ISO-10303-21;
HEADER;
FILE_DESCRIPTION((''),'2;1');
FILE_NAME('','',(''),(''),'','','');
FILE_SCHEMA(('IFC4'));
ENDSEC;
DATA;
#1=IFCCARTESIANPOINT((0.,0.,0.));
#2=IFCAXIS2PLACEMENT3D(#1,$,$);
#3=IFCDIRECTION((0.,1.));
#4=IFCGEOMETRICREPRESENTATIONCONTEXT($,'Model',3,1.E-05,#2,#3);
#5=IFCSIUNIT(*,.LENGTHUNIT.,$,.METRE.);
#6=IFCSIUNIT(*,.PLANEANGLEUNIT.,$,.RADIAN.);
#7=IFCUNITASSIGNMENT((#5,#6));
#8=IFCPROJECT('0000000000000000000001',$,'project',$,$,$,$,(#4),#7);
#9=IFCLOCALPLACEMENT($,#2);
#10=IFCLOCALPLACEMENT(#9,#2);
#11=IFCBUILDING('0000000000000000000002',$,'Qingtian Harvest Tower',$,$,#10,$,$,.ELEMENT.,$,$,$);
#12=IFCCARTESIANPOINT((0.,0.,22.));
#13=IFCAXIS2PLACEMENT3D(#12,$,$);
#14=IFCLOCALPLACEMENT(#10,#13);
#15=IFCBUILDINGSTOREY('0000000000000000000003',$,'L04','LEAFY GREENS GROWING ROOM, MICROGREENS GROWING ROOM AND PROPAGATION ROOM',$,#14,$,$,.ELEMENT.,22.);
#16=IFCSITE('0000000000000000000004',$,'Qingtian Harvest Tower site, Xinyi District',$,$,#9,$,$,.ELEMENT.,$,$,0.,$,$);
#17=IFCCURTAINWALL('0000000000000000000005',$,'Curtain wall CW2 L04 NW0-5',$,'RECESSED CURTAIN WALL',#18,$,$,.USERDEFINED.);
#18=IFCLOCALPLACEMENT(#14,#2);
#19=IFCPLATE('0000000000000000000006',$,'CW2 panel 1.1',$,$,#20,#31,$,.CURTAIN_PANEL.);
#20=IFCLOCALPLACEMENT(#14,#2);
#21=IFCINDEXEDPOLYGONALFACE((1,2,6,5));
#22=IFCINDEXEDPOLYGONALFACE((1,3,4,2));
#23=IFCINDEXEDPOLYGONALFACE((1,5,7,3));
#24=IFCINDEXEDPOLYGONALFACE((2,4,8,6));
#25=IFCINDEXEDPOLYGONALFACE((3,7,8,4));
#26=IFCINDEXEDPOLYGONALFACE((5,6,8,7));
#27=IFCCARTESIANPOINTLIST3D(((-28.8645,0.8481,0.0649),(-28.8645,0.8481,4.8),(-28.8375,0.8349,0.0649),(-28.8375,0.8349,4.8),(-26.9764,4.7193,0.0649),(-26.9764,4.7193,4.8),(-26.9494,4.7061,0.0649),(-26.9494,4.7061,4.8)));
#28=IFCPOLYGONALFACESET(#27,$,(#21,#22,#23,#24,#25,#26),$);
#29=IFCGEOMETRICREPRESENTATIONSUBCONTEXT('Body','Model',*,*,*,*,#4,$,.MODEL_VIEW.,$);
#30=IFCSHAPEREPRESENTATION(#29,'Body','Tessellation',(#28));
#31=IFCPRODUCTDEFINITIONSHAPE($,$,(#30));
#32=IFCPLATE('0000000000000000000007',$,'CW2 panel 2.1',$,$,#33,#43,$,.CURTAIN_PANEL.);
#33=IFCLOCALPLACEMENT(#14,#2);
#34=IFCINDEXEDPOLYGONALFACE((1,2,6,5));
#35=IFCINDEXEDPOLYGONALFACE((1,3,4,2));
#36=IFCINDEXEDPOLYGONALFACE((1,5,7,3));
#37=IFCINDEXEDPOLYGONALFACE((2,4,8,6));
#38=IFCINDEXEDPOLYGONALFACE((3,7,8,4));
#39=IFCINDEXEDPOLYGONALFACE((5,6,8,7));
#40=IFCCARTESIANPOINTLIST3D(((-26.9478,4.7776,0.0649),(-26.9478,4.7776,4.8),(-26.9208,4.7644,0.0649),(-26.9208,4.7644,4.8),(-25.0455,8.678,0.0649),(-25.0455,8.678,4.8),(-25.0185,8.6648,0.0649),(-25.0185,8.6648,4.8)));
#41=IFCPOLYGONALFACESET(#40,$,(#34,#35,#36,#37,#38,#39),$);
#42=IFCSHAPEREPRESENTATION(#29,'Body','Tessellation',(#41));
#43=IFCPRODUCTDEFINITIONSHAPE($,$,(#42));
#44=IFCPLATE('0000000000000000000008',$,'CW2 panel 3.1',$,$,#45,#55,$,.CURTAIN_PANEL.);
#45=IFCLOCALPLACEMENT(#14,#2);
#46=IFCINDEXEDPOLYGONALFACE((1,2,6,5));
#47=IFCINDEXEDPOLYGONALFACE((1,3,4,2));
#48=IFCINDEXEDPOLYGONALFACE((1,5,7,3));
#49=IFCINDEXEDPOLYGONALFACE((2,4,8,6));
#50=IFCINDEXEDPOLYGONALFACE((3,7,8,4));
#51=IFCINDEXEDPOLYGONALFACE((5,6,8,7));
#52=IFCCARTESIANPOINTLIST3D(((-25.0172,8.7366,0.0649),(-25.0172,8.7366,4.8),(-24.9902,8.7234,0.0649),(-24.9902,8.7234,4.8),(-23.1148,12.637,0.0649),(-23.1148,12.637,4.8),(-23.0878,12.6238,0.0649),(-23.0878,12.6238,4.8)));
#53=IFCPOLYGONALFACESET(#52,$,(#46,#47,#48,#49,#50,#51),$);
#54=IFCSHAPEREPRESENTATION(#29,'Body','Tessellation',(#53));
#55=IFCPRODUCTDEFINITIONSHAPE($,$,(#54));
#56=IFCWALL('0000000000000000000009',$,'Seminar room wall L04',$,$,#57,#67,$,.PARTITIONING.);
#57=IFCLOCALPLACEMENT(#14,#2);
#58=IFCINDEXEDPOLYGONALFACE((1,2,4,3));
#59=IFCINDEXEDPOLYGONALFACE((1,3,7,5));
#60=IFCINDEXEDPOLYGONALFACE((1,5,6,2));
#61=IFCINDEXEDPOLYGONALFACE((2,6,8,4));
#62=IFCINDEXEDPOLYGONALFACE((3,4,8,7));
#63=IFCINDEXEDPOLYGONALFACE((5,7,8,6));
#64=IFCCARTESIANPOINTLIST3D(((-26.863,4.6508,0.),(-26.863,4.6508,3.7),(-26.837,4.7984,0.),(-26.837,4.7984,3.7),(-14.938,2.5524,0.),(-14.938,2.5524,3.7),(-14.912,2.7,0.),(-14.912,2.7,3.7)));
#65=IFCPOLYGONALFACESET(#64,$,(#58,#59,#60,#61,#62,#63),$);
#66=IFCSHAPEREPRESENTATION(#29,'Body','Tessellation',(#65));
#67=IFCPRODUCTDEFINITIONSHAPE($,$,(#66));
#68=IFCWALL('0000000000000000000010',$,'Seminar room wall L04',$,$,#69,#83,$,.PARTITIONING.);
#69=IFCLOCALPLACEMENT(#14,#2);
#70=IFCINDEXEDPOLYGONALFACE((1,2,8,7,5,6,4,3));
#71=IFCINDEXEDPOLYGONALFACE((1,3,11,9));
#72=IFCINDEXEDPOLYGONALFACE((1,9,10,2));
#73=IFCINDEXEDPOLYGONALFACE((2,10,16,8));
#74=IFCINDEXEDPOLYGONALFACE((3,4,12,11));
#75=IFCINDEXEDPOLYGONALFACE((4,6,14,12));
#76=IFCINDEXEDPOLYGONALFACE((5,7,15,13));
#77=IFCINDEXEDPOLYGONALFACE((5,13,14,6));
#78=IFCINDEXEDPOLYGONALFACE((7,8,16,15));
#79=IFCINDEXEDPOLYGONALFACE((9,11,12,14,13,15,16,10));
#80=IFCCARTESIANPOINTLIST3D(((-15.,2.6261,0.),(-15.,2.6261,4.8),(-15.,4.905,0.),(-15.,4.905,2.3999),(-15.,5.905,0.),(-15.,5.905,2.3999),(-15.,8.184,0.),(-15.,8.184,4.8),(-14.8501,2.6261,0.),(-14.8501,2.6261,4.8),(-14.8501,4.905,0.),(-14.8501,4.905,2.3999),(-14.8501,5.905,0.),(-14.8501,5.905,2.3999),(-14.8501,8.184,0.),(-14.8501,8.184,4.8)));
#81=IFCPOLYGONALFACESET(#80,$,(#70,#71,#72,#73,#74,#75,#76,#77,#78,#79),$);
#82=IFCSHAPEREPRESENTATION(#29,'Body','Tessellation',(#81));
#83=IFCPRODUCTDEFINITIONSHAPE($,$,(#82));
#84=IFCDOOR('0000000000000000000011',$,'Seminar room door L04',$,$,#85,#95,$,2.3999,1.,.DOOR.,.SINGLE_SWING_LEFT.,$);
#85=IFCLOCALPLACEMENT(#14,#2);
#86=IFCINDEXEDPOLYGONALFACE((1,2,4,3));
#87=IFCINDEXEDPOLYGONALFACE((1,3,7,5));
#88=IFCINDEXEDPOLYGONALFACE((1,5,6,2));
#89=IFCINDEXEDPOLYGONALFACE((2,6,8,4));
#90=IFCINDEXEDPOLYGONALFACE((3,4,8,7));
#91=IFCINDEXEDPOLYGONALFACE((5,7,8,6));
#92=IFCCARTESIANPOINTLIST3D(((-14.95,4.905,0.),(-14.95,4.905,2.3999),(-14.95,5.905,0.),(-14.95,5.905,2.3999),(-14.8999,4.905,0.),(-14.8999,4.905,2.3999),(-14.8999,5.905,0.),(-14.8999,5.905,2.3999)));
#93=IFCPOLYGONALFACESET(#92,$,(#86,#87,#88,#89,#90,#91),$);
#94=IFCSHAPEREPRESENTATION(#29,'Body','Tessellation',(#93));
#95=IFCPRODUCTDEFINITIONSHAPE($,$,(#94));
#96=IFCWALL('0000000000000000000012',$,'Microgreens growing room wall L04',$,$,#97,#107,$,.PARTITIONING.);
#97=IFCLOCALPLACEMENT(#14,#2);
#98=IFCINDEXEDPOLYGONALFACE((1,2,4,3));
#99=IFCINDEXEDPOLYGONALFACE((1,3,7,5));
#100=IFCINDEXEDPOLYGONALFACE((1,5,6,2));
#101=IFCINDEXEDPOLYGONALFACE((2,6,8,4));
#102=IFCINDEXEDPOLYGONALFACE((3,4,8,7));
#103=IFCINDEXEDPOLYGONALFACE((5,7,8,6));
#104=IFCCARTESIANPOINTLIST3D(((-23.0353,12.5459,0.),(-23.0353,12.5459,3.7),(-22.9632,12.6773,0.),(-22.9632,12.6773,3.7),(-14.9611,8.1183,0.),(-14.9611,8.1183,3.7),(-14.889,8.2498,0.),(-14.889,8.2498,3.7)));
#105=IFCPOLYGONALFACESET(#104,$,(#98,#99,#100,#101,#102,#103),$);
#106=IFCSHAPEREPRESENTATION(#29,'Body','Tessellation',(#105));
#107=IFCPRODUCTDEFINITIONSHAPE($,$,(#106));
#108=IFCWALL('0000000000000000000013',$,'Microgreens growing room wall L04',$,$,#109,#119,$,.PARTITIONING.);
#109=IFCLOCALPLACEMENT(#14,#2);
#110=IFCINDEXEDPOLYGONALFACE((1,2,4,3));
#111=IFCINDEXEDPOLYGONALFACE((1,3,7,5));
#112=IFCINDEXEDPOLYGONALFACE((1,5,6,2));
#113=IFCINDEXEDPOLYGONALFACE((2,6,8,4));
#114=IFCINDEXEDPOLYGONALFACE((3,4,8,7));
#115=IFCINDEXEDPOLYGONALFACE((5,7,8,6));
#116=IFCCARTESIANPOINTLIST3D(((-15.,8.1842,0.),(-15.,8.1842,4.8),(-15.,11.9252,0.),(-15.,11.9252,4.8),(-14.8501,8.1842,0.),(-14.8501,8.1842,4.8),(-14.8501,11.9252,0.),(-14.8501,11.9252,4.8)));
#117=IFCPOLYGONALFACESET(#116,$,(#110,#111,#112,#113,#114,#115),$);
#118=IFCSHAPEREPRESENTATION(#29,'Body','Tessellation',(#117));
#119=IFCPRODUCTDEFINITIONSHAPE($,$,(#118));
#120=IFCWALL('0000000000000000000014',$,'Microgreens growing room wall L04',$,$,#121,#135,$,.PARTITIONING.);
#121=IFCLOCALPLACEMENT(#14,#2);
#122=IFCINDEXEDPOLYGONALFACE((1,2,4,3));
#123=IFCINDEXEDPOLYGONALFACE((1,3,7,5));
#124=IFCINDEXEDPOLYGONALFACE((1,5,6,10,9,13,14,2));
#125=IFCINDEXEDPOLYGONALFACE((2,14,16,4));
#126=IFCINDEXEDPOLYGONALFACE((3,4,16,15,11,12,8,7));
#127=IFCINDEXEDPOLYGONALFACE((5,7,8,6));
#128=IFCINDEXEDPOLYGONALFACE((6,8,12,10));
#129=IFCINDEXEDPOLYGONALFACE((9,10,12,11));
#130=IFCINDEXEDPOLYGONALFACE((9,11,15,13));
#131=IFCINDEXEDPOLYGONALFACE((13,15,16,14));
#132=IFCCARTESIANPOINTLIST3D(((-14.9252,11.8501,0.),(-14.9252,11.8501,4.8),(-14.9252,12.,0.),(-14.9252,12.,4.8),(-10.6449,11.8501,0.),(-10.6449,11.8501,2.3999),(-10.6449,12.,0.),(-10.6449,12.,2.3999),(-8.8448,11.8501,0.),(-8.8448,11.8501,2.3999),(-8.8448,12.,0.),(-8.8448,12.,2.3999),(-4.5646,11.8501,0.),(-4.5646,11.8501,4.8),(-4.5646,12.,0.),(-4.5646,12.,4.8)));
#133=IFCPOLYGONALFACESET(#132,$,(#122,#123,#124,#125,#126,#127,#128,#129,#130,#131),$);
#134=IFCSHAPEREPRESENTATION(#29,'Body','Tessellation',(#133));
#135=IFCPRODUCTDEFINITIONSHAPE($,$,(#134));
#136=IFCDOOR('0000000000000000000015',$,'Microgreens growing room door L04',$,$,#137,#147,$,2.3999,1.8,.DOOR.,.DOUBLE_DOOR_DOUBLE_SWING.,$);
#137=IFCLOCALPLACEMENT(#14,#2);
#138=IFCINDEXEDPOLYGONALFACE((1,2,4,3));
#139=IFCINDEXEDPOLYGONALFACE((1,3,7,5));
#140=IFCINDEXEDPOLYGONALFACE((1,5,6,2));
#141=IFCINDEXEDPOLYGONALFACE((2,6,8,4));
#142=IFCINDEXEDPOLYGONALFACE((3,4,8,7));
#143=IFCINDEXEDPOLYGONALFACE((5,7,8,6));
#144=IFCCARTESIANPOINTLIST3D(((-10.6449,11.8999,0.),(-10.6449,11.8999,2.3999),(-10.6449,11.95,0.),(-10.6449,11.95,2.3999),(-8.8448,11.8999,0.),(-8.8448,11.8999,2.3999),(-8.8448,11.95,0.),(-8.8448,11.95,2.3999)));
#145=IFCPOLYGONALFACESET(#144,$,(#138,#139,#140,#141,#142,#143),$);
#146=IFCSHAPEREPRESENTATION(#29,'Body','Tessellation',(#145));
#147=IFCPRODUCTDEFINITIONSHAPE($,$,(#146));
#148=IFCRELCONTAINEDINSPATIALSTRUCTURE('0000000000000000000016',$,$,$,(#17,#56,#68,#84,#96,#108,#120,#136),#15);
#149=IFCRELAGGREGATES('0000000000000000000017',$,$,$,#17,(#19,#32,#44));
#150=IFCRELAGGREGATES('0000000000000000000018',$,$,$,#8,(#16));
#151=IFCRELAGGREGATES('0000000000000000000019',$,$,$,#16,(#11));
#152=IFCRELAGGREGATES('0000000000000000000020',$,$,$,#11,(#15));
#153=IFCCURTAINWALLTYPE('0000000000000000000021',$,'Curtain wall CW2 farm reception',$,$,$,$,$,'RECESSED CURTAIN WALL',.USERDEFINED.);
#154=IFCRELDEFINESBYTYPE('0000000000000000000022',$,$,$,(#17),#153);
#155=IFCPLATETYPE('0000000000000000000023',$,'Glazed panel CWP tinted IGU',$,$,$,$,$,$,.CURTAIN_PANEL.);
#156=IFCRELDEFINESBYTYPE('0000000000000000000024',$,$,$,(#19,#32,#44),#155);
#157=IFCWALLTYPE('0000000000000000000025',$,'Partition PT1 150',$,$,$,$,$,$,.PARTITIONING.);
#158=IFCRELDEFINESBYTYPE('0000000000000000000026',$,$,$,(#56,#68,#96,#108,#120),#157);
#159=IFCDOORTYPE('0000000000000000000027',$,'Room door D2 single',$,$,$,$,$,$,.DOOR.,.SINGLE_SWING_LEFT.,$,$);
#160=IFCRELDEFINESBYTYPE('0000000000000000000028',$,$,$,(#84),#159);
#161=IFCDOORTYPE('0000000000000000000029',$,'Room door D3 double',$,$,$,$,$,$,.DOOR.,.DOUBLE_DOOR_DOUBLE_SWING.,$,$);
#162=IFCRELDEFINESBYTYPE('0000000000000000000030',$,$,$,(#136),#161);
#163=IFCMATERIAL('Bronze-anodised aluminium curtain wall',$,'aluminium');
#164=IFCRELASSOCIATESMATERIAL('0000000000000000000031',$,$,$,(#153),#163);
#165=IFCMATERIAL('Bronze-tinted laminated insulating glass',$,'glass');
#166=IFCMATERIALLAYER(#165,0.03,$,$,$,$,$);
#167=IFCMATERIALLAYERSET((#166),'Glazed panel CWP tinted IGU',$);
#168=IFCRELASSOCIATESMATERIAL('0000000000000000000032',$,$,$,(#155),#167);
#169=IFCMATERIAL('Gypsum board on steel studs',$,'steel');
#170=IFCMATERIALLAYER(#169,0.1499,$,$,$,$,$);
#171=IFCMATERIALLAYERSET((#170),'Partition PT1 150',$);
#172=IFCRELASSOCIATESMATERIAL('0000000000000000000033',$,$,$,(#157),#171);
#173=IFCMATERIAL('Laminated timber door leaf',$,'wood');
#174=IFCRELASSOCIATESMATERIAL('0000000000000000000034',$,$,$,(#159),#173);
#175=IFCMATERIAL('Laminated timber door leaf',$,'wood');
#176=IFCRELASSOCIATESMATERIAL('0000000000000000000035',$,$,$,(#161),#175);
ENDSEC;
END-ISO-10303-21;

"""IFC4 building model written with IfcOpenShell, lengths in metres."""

from ifc_helpers import new_model, si_unit, direction, frame, frame_2d, origin, origin_2d, place, context, subcontext, project, spatial, rectangle, extrude, material, layer, layer_set, type_object, element, fill, aggregate, save


model = new_model("IFC4")

# Units and contexts
model_context = context("Model", 3, precision=1e-05, world=origin(), true_north=direction((0.0, 1.0)))
body_context = subcontext(model_context, "Body", "Model", "MODEL_VIEW")
ifc_project = project(units=[si_unit("LENGTHUNIT", "METRE"), si_unit("PLANEANGLEUNIT", "RADIAN")], contexts=[model_context])

# Site, building, storey
site_placement = place(None, origin())
site = spatial("IfcSite", under=ifc_project, at=site_placement, Name="Qingtian Harvest Tower site, Xinyi District", CompositionType="ELEMENT", RefElevation=0.0)
building_placement = place(site_placement, origin())
building = spatial("IfcBuilding", under=site, at=building_placement, Name="Qingtian Harvest Tower", CompositionType="ELEMENT")
storey_placement = place(building_placement, frame((0.0, 0.0, 22.0)))
storey = spatial("IfcBuildingStorey", under=building, at=storey_placement, Name="L04", Description="LEAFY GREENS GROWING ROOM, MICROGREENS GROWING ROOM AND PROPAGATION ROOM", CompositionType="ELEMENT", Elevation=22.0)

# Shared definitions
ifc_material_1 = material(Name="Bronze-anodised aluminium curtain wall", Category="aluminium")
curtain_wall_type = type_object("IfcCurtainWallType", Name="Curtain wall CW2 farm reception", ElementType="RECESSED CURTAIN WALL", PredefinedType="USERDEFINED", material=ifc_material_1)

# Curtain wall
curtain_wall_1_placement = place(storey_placement, origin())
curtain_wall_1 = element("IfcCurtainWall", 1, at=curtain_wall_1_placement, inside=storey, type_object=curtain_wall_type, Name="Curtain wall CW2 L04 NW0-5", ObjectType="RECESSED CURTAIN WALL", PredefinedType="USERDEFINED")

# Plates
ifc_material_2 = material(Name="Bronze-tinted laminated insulating glass", Category="glass")
ifc_layer_1 = layer(ifc_material_2, 0.03)
ifc_layer_set_1 = layer_set([ifc_layer_1], Name="Glazed panel CWP tinted IGU")
plate_type = type_object("IfcPlateType", Name="Glazed panel CWP tinted IGU", PredefinedType="CURTAIN_PANEL", material=ifc_layer_set_1)
plate_1_placement = place(storey_placement, frame((-27.907, 2.7771, 0.0649), z_axis=(0.0, 0.0, 1.0), x_axis=(0.438371, 0.898794, 0.0)))
plate_1 = element("IfcPlate", 2, at=plate_1_placement, type_object=plate_type, Name="CW2 panel 1.1", PredefinedType="CURTAIN_PANEL", context=body_context, shape_type="SweptSolid", body=[
    extrude(rectangle(XDim=4.3071, YDim=0.03, at=origin_2d()), origin(), (0.0, 0.0, 1.0), 4.7351),
])
plate_2_placement = place(storey_placement, frame((-25.9832, 6.7212, 0.0649), z_axis=(0.0, 0.0, 1.0), x_axis=(0.438371, 0.898794, 0.0)))
plate_2 = element("IfcPlate", 3, at=plate_2_placement, type_object=plate_type, Name="CW2 panel 2.1", PredefinedType="CURTAIN_PANEL", context=body_context, shape_type="SweptSolid", body=[
    extrude(rectangle(XDim=4.3396, YDim=0.03, at=origin_2d()), origin(), (0.0, 0.0, 1.0), 4.7351),
])
plate_3_placement = place(storey_placement, frame((-24.0525, 10.6802, 0.0649), z_axis=(0.0, 0.0, 1.0), x_axis=(0.438371, 0.898794, 0.0)))
plate_3 = element("IfcPlate", 4, at=plate_3_placement, type_object=plate_type, Name="CW2 panel 3.1", PredefinedType="CURTAIN_PANEL", context=body_context, shape_type="SweptSolid", body=[
    extrude(rectangle(XDim=4.3396, YDim=0.03, at=origin_2d()), origin(), (0.0, 0.0, 1.0), 4.7351),
])
aggregate(curtain_wall_1, [plate_1, plate_2, plate_3])

# Wall
ifc_material_3 = material(Name="Gypsum board on steel studs", Category="steel")
ifc_layer_2 = layer(ifc_material_3, 0.1499)
ifc_layer_set_2 = layer_set([ifc_layer_2], Name="Partition PT1 150")
wall_type = type_object("IfcWallType", Name="Partition PT1 150", PredefinedType="PARTITIONING", material=ifc_layer_set_2)
wall_1_placement = place(storey_placement, frame((-26.8501, 4.7246, 0.0), z_axis=(0.0, 0.0, 1.0), x_axis=(0.984869, -0.173302, 0.0)))
element("IfcWall", 5, at=wall_1_placement, inside=storey, type_object=wall_type, Name="Seminar room wall L04", PredefinedType="PARTITIONING", context=body_context, shape_type="SweptSolid", body=[
    extrude(rectangle(XDim=12.1082, YDim=0.1499, at=frame_2d((6.0542, 0.0))), origin(), (0.0, 0.0, 1.0), 3.7),
])

# Wall, opening, door
wall_2_placement = place(storey_placement, frame((-14.925, 2.6262, 0.0), z_axis=(0.0, 0.0, 1.0), x_axis=(0.0, 1.0, 0.0)))
wall_2 = element("IfcWall", 6, at=wall_2_placement, inside=storey, type_object=wall_type, Name="Seminar room wall L04", PredefinedType="PARTITIONING", context=body_context, shape_type="SweptSolid", body=[
    extrude(rectangle(XDim=5.5579, YDim=0.1499, at=frame_2d((2.7788, 0.0))), origin(), (0.0, 0.0, 1.0), 4.8),
])
opening_1_placement = place(wall_2_placement, frame((2.2788, 0.0, 0.0)))
opening_1 = element("IfcOpeningElement", 7, at=opening_1_placement, cuts=wall_2, PredefinedType="OPENING", context=body_context, shape_type="SweptSolid", body=[
    extrude(rectangle(XDim=1.0, YDim=2.3999, at=frame_2d((0.5, 1.2))), frame((0.0, 0.085, 0.0), z_axis=(0.0, -1.0, 0.0), x_axis=(1.0, 0.0, 0.0)), (0.0, 0.0, 1.0), 0.1699),
])
ifc_material_4 = material(Name="Laminated timber door leaf", Category="wood")
door_type_1 = type_object("IfcDoorType", Name="Room door D2 single", OperationType="SINGLE_SWING_LEFT", PredefinedType="DOOR", material=ifc_material_4)
door_1_placement = place(opening_1_placement, origin())
door_1 = element("IfcDoor", 8, at=door_1_placement, inside=storey, type_object=door_type_1, Name="Seminar room door L04", OperationType="SINGLE_SWING_LEFT", OverallHeight=2.3999, OverallWidth=1.0, PredefinedType="DOOR", context=body_context, shape_type="SweptSolid", body=[
    extrude(rectangle(XDim=1.0, YDim=2.3999, at=frame_2d((0.5, 1.2))), frame((0.0, 0.0249, 0.0), z_axis=(0.0, -1.0, 0.0), x_axis=(1.0, 0.0, 0.0)), (0.0, 0.0, 1.0), 0.05),
])
fill(opening_1, door_1)

# Walls
wall_3_placement = place(storey_placement, frame((-22.9993, 12.6116, 0.0), z_axis=(0.0, 0.0, 1.0), x_axis=(0.876826, -0.480807, 0.0)))
element("IfcWall", 9, at=wall_3_placement, inside=storey, type_object=wall_type, Name="Microgreens growing room wall L04", PredefinedType="PARTITIONING", context=body_context, shape_type="SweptSolid", body=[
    extrude(rectangle(XDim=9.2085, YDim=0.1499, at=frame_2d((4.6042, 0.0))), origin(), (0.0, 0.0, 1.0), 3.7),
])
wall_4_placement = place(storey_placement, frame((-14.925, 8.1841, 0.0), z_axis=(0.0, 0.0, 1.0), x_axis=(0.0, 1.0, 0.0)))
element("IfcWall", 10, at=wall_4_placement, inside=storey, type_object=wall_type, Name="Microgreens growing room wall L04", PredefinedType="PARTITIONING", context=body_context, shape_type="SweptSolid", body=[
    extrude(rectangle(XDim=3.741, YDim=0.1499, at=frame_2d((1.8706, 0.0))), origin(), (0.0, 0.0, 1.0), 4.8),
])

# Wall, opening, door
wall_5_placement = place(storey_placement, frame((-14.925, 11.925, 0.0), z_axis=(0.0, 0.0, 1.0), x_axis=(1.0, 0.0, 0.0)))
wall_5 = element("IfcWall", 11, at=wall_5_placement, inside=storey, type_object=wall_type, Name="Microgreens growing room wall L04", PredefinedType="PARTITIONING", context=body_context, shape_type="SweptSolid", body=[
    extrude(rectangle(XDim=10.3606, YDim=0.1499, at=frame_2d((5.1802, 0.0))), origin(), (0.0, 0.0, 1.0), 4.8),
])
opening_2_placement = place(wall_5_placement, frame((4.2803, 0.0, 0.0)))
opening_2 = element("IfcOpeningElement", 12, at=opening_2_placement, cuts=wall_5, PredefinedType="OPENING", context=body_context, shape_type="SweptSolid", body=[
    extrude(rectangle(XDim=1.8, YDim=2.3999, at=frame_2d((0.8999, 1.2))), frame((0.0, 0.085, 0.0), z_axis=(0.0, -1.0, 0.0), x_axis=(1.0, 0.0, 0.0)), (0.0, 0.0, 1.0), 0.1699),
])
ifc_material_5 = material(Name="Laminated timber door leaf", Category="wood")
door_type_2 = type_object("IfcDoorType", Name="Room door D3 double", OperationType="DOUBLE_DOOR_DOUBLE_SWING", PredefinedType="DOOR", material=ifc_material_5)
door_2_placement = place(opening_2_placement, origin())
door_2 = element("IfcDoor", 13, at=door_2_placement, inside=storey, type_object=door_type_2, Name="Microgreens growing room door L04", OperationType="DOUBLE_DOOR_DOUBLE_SWING", OverallHeight=2.3999, OverallWidth=1.8, PredefinedType="DOOR", context=body_context, shape_type="SweptSolid", body=[
    extrude(rectangle(XDim=1.8, YDim=2.3999, at=frame_2d((0.8999, 1.2))), frame((0.0, 0.0249, 0.0), z_axis=(0.0, -1.0, 0.0), x_axis=(1.0, 0.0, 0.0)), (0.0, 0.0, 1.0), 0.05),
])
fill(opening_2, door_2)

save(model, "model.ifc")
